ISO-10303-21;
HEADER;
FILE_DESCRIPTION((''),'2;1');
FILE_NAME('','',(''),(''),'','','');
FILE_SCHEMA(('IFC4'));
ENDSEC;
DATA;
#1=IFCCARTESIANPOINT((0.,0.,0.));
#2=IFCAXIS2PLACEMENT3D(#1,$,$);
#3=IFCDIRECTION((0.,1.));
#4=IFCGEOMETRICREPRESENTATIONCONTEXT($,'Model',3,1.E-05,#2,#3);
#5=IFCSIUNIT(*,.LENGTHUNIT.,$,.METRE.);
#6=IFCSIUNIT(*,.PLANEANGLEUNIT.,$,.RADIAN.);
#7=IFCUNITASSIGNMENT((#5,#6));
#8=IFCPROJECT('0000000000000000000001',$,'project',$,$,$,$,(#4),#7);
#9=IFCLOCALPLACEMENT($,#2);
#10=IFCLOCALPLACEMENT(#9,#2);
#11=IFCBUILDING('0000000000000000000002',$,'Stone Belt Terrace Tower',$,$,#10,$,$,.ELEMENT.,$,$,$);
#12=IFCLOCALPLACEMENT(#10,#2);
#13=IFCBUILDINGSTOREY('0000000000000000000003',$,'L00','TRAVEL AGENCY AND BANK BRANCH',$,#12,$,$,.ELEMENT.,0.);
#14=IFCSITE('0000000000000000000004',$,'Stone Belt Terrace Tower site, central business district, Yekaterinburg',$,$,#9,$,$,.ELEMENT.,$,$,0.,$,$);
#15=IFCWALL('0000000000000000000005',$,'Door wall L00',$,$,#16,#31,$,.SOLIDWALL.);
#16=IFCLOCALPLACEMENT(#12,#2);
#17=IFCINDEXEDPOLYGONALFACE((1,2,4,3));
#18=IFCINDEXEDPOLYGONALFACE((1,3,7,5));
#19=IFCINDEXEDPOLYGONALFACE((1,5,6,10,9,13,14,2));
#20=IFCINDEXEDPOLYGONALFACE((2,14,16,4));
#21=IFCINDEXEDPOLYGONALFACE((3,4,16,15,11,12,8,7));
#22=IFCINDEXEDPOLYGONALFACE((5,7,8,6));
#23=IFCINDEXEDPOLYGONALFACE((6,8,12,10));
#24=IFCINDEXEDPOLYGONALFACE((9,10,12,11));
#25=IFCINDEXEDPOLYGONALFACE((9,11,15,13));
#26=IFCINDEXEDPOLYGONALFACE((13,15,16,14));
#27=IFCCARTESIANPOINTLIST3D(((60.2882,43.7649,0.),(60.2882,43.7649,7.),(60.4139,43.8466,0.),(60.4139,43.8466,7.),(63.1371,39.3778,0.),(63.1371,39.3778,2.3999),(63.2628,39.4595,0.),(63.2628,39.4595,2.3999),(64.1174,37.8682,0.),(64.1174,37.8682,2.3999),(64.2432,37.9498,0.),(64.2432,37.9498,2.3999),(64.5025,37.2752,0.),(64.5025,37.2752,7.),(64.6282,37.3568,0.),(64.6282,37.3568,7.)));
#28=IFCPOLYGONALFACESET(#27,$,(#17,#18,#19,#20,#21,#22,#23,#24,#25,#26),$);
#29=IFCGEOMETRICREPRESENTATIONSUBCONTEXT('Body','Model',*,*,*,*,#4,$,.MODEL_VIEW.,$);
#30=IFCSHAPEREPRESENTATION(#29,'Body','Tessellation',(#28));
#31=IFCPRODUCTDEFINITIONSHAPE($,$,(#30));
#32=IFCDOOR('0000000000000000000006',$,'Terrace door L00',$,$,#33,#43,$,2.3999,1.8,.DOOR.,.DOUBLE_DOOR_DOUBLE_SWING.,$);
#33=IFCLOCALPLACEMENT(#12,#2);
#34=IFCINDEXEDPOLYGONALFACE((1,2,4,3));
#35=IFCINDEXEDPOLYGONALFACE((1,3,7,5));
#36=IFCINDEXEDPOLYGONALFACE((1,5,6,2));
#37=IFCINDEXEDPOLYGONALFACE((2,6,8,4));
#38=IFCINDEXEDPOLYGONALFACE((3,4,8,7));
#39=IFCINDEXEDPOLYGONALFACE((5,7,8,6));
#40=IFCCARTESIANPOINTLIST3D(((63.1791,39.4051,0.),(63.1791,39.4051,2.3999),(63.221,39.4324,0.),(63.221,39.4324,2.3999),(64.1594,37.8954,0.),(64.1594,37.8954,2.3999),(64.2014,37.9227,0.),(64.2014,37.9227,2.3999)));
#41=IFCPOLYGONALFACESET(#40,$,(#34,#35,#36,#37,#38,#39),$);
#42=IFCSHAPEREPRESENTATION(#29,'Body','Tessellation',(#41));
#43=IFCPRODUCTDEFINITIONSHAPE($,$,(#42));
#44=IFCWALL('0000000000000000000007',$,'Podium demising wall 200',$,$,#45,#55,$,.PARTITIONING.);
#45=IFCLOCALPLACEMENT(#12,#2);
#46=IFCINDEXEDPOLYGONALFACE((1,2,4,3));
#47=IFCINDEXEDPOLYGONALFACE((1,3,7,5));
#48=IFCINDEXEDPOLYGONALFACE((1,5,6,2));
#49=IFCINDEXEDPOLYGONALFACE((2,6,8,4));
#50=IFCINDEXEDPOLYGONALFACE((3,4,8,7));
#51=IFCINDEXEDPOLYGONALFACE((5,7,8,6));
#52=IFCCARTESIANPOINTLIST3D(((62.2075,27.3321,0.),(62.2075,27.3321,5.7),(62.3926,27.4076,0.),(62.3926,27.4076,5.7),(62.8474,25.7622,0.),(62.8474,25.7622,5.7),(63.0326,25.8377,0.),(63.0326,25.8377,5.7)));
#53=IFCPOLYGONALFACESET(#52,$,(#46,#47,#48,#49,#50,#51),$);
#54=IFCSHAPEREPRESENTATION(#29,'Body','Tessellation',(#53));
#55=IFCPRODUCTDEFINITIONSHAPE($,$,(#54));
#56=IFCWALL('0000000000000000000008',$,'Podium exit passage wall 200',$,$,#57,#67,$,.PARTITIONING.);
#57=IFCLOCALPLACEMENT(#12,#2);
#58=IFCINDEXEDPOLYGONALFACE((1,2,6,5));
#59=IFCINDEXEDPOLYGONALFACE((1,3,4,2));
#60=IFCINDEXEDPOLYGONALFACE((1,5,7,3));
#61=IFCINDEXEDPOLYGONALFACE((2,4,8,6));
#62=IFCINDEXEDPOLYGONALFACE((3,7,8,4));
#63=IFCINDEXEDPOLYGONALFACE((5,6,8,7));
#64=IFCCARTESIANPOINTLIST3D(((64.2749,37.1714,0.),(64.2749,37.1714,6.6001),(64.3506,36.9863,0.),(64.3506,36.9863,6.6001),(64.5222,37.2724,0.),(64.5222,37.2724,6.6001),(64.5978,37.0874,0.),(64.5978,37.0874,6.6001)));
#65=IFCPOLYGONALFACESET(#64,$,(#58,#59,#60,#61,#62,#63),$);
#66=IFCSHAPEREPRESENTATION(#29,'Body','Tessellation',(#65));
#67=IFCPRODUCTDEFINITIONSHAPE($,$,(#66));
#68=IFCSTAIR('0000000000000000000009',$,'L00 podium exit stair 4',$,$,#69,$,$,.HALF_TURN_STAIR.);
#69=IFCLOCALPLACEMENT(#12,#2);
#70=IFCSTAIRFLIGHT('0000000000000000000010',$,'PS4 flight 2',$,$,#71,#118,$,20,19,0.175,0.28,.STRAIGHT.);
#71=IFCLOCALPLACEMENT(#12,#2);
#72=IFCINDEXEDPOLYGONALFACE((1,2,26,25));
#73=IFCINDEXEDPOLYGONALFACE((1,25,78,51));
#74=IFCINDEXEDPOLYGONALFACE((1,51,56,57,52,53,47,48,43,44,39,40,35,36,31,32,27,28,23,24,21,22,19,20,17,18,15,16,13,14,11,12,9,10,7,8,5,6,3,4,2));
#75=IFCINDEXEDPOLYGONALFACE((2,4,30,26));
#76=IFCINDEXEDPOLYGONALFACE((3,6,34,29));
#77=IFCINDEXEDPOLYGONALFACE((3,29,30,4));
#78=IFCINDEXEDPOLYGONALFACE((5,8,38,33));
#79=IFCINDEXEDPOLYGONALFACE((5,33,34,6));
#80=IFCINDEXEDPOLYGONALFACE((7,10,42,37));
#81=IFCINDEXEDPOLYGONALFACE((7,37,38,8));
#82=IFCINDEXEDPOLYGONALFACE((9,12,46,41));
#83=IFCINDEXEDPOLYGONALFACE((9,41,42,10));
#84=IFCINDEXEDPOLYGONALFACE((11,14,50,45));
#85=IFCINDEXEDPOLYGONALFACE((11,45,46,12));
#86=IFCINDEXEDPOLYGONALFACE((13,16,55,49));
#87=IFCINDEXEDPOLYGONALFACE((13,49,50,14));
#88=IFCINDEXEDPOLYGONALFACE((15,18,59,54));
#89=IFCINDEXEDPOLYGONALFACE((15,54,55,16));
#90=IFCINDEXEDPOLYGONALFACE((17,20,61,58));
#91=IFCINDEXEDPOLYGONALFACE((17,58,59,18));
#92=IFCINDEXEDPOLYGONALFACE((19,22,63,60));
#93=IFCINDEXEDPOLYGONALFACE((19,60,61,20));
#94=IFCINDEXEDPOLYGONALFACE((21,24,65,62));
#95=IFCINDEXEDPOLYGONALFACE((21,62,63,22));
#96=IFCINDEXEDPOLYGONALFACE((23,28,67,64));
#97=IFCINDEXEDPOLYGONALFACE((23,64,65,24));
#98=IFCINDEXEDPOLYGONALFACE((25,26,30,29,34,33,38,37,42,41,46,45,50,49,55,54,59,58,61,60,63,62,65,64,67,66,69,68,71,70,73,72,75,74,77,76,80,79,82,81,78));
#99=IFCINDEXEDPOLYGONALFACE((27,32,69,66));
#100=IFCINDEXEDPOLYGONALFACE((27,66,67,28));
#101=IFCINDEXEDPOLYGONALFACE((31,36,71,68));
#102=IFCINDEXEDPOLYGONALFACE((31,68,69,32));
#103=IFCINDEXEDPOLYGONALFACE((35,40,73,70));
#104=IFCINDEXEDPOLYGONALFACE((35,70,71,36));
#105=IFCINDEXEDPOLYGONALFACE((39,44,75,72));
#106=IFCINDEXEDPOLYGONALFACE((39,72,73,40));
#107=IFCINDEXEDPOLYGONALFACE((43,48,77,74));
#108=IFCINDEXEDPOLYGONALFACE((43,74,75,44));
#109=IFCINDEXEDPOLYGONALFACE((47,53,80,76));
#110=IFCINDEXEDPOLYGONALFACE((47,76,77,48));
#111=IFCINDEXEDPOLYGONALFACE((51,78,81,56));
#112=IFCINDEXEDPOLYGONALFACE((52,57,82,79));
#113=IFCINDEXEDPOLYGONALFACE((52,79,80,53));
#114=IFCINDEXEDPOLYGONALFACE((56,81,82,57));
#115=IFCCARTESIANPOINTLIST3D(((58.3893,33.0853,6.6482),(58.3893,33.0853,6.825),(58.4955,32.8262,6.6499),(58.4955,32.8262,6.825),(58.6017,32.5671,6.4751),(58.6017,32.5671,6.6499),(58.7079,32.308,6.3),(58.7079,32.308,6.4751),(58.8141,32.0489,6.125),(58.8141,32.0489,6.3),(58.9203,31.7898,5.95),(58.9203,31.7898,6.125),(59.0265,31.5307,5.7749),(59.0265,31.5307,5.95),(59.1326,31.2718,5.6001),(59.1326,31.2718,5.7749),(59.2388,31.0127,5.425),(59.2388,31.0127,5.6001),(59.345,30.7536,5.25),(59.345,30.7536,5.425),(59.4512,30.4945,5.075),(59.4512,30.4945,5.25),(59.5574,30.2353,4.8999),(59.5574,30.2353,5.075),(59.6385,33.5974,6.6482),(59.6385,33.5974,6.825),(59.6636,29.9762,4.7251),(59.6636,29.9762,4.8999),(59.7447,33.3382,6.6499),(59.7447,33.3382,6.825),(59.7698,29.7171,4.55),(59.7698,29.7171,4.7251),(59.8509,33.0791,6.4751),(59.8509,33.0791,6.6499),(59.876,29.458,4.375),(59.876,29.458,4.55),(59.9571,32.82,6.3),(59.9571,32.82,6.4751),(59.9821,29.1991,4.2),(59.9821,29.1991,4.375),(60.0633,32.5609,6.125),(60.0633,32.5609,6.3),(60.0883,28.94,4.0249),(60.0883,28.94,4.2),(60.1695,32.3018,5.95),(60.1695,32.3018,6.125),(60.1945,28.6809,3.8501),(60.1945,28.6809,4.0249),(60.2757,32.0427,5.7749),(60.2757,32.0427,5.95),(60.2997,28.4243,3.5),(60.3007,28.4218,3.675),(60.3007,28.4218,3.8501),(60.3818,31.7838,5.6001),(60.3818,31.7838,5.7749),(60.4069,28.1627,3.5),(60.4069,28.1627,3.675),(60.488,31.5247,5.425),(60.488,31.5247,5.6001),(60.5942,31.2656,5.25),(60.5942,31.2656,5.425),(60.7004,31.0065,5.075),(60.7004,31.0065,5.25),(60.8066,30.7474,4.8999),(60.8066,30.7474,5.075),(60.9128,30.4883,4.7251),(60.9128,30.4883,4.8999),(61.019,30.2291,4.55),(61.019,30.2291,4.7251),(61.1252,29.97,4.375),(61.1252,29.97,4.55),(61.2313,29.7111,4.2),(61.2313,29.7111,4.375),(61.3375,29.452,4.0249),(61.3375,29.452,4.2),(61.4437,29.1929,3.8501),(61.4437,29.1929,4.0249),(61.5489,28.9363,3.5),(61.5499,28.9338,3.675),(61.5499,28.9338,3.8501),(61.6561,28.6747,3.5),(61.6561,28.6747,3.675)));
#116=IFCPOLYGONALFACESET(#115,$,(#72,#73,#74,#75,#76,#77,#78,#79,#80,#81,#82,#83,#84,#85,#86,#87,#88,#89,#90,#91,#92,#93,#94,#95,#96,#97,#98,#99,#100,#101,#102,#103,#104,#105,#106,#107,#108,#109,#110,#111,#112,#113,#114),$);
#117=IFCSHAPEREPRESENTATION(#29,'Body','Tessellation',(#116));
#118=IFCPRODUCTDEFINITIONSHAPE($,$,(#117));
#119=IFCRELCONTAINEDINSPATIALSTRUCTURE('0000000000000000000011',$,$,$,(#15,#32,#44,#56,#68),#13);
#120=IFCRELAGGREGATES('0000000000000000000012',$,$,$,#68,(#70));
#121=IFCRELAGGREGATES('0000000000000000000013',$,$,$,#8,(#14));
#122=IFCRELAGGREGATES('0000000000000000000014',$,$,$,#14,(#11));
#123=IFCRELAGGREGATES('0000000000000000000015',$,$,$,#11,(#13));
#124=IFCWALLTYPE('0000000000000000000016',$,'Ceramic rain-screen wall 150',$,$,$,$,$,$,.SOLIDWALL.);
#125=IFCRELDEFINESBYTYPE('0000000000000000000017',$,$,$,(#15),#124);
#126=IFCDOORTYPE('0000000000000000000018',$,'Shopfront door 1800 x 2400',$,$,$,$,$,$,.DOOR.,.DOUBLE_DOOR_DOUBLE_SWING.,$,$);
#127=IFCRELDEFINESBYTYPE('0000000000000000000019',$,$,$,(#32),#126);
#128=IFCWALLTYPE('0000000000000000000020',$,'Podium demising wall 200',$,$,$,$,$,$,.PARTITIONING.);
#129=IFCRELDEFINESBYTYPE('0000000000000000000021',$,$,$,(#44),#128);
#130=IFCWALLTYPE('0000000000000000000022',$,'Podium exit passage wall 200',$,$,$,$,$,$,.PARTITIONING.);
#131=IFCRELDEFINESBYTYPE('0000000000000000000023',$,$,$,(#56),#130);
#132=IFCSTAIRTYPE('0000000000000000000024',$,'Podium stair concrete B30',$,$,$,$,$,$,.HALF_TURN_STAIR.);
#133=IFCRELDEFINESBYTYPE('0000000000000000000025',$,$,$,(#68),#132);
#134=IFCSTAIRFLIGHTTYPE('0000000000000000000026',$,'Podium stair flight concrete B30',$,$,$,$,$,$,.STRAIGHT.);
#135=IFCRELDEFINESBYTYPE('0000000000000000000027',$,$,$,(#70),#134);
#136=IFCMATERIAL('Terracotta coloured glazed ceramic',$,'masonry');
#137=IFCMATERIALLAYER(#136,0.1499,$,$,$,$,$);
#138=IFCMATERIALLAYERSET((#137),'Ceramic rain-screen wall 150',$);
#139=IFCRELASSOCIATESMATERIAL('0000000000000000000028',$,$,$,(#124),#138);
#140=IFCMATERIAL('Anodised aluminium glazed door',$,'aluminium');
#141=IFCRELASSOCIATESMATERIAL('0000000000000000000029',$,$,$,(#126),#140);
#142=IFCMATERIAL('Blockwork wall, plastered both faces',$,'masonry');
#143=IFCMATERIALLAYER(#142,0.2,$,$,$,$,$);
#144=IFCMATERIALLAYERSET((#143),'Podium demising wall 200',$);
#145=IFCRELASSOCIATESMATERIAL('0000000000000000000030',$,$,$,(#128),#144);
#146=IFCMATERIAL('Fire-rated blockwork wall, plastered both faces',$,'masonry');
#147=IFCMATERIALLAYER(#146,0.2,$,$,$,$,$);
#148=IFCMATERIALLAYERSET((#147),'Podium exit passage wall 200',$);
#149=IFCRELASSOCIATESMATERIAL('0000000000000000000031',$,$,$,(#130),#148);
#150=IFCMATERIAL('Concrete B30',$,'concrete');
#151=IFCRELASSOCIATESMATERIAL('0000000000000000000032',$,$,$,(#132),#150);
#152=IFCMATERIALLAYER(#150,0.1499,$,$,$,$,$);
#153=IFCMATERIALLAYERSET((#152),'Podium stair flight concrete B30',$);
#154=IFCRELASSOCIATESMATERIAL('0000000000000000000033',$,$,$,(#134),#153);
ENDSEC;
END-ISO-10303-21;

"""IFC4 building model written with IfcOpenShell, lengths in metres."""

from ifc_helpers import new_model, si_unit, direction, frame, frame_2d, origin, place, context, subcontext, project, spatial, polyline, rectangle, outline, extrude, material, layer, layer_set, type_object, element, fill, aggregate, save


model = new_model("IFC4")

# Units and contexts
model_context = context("Model", 3, precision=1e-05, world=origin(), true_north=direction((0.0, 1.0)))
body_context = subcontext(model_context, "Body", "Model", "MODEL_VIEW")
ifc_project = project(units=[si_unit("LENGTHUNIT", "METRE"), si_unit("PLANEANGLEUNIT", "RADIAN")], contexts=[model_context])

# Site, building, storey
site_placement = place(None, origin())
site = spatial("IfcSite", under=ifc_project, at=site_placement, Name="Stone Belt Terrace Tower site, central business district, Yekaterinburg", CompositionType="ELEMENT", RefElevation=0.0)
building_placement = place(site_placement, origin())
building = spatial("IfcBuilding", under=site, at=building_placement, Name="Stone Belt Terrace Tower", CompositionType="ELEMENT")
storey_placement = place(building_placement, origin())
storey = spatial("IfcBuildingStorey", under=building, at=storey_placement, Name="L00", Description="TRAVEL AGENCY AND BANK BRANCH", CompositionType="ELEMENT", Elevation=0.0)

# Wall, opening, door
ifc_material_1 = material(Name="Terracotta coloured glazed ceramic", Category="masonry")
ifc_layer_1 = layer(ifc_material_1, 0.1499)
ifc_layer_set_1 = layer_set([ifc_layer_1], Name="Ceramic rain-screen wall 150")
wall_type_1 = type_object("IfcWallType", Name="Ceramic rain-screen wall 150", PredefinedType="SOLIDWALL", material=ifc_layer_set_1)
ifc_material_2 = material(Name="Anodised aluminium glazed door", Category="aluminium")
wall_1_placement = place(storey_placement, frame((64.5654, 37.3159, 0.0), z_axis=(0.0, 0.0, 1.0), x_axis=(-0.544627, 0.838679, 0.0)))
wall_1 = element("IfcWall", 1, at=wall_1_placement, inside=storey, type_object=wall_type_1, Name="Door wall L00", PredefinedType="SOLIDWALL", context=body_context, shape_type="SweptSolid", body=[
    extrude(rectangle(XDim=7.738, YDim=0.1499, at=frame_2d((3.8691, 0.0))), origin(), (0.0, 0.0, 1.0), 7.0),
])
opening_1_placement = place(wall_1_placement, frame((0.7073, 0.0, 0.0)))
opening_1 = element("IfcOpeningElement", 2, at=opening_1_placement, cuts=wall_1, PredefinedType="OPENING", context=body_context, shape_type="SweptSolid", body=[
    extrude(rectangle(XDim=1.8, YDim=2.3999, at=frame_2d((0.8999, 1.2))), frame((0.0, 0.085, 0.0), z_axis=(0.0, -1.0, 0.0), x_axis=(1.0, 0.0, 0.0)), (0.0, 0.0, 1.0), 0.1699),
])
door_type_1 = type_object("IfcDoorType", Name="Shopfront door 1800 x 2400", OperationType="DOUBLE_DOOR_DOUBLE_SWING", PredefinedType="DOOR", material=ifc_material_2)
door_1_placement = place(opening_1_placement, origin())
door_1 = element("IfcDoor", 3, at=door_1_placement, inside=storey, type_object=door_type_1, Name="Terrace door L00", OperationType="DOUBLE_DOOR_DOUBLE_SWING", OverallHeight=2.3999, OverallWidth=1.8, PredefinedType="DOOR", context=body_context, shape_type="SweptSolid", body=[
    extrude(rectangle(XDim=1.8, YDim=2.3999, at=frame_2d((0.8999, 1.2))), frame((0.0, 0.0249, 0.0), z_axis=(0.0, -1.0, 0.0), x_axis=(1.0, 0.0, 0.0)), (0.0, 0.0, 1.0), 0.05),
])
fill(opening_1, door_1)

# Walls
ifc_material_3 = material(Name="Blockwork wall, plastered both faces", Category="masonry")
ifc_layer_2 = layer(ifc_material_3, 0.2)
ifc_layer_set_2 = layer_set([ifc_layer_2], Name="Podium demising wall 200")
wall_type_2 = type_object("IfcWallType", Name="Podium demising wall 200", PredefinedType="PARTITIONING", material=ifc_layer_set_2)
wall_2_placement = place(storey_placement, frame((62.3, 27.3699, 0.0), z_axis=(0.0, 0.0, 1.0), x_axis=(0.377466, -0.926023, 0.0)))
element("IfcWall", 4, at=wall_2_placement, inside=storey, type_object=wall_type_2, Name="Podium demising wall 200", PredefinedType="PARTITIONING", context=body_context, shape_type="SweptSolid", body=[
    extrude(rectangle(XDim=1.6953, YDim=0.2, at=frame_2d((0.8477, 0.0))), origin(), (0.0, 0.0, 1.0), 5.7),
])
ifc_material_4 = material(Name="Fire-rated blockwork wall, plastered both faces", Category="masonry")
ifc_layer_3 = layer(ifc_material_4, 0.2)
ifc_layer_set_3 = layer_set([ifc_layer_3], Name="Podium exit passage wall 200")
wall_type_3 = type_object("IfcWallType", Name="Podium exit passage wall 200", PredefinedType="PARTITIONING", material=ifc_layer_set_3)
wall_3_placement = place(storey_placement, frame((64.3127, 37.0789, 0.0), z_axis=(0.0, 0.0, 1.0), x_axis=(0.925678, 0.378313, 0.0)))
element("IfcWall", 5, at=wall_3_placement, inside=storey, type_object=wall_type_3, Name="Podium exit passage wall 200", PredefinedType="PARTITIONING", context=body_context, shape_type="SweptSolid", body=[
    extrude(rectangle(XDim=0.2671, YDim=0.2, at=frame_2d((0.1335, 0.0))), origin(), (0.0, 0.0, 1.0), 6.6001),
])

# Stair, stair flight
ifc_material_5 = material(Name="Concrete B30", Category="concrete")
stair_type = type_object("IfcStairType", Name="Podium stair concrete B30", PredefinedType="HALF_TURN_STAIR", material=ifc_material_5)
stair_placement = place(storey_placement, origin())
stair = element("IfcStair", 6, at=stair_placement, inside=storey, type_object=stair_type, Name="L00 podium exit stair 4", PredefinedType="HALF_TURN_STAIR")
ifc_layer_4 = layer(ifc_material_5, 0.1499)
ifc_layer_set_4 = layer_set([ifc_layer_4], Name="Podium stair flight concrete B30")
stair_flight_type = type_object("IfcStairFlightType", Name="Podium stair flight concrete B30", PredefinedType="STRAIGHT", material=ifc_layer_set_4)
stair_flight_placement = place(storey_placement, frame((61.0315, 28.4187, 3.5), z_axis=(0.0, 0.0, 1.0), x_axis=(-0.379243, 0.925297, 0.0)))
stair_flight = element("IfcStairFlight", 7, at=stair_flight_placement, type_object=stair_flight_type, Name="PS4 flight 2", NumberOfRisers=20, NumberOfTreads=19, PredefinedType="STRAIGHT", RiserHeight=0.175, TreadLength=0.28, context=body_context, shape_type="SweptSolid", body=[
    extrude(outline(polyline([(0.0, 0.0), (0.0, 0.175), (0.28, 0.175), (0.28, 0.3501), (0.5601, 0.3501), (0.5601, 0.5249), (0.8401, 0.5249), (0.8401, 0.7), (1.1201, 0.7), (1.1201, 0.875), (1.3999, 0.875), (1.3999, 1.05), (1.6799, 1.05), (1.6799, 1.2251), (1.96, 1.2251), (1.96, 1.3999), (2.24, 1.3999), (2.24, 1.575), (2.52, 1.575), (2.52, 1.75), (2.8, 1.75), (2.8, 1.925), (3.0801, 1.925), (3.0801, 2.1001), (3.3601, 2.1001), (3.3601, 2.2749), (3.6399, 2.2749), (3.6399, 2.45), (3.9199, 2.45), (3.9199, 2.625), (4.2, 2.625), (4.2, 2.8), (4.48, 2.8), (4.48, 2.9751), (4.76, 2.9751), (4.76, 3.1499), (5.04, 3.1499), (5.04, 3.325), (5.3201, 3.325), (5.3201, 3.5), (5.3201, 3.1482), (0.2827, 0.0), (0.0, 0.0)])), frame((0.0, 0.675, 0.0), z_axis=(0.0, -1.0, 0.0), x_axis=(1.0, 0.0, 0.0)), (0.0, 0.0, 1.0), 1.3501),
])
aggregate(stair, [stair_flight])

save(model, "model.ifc")
